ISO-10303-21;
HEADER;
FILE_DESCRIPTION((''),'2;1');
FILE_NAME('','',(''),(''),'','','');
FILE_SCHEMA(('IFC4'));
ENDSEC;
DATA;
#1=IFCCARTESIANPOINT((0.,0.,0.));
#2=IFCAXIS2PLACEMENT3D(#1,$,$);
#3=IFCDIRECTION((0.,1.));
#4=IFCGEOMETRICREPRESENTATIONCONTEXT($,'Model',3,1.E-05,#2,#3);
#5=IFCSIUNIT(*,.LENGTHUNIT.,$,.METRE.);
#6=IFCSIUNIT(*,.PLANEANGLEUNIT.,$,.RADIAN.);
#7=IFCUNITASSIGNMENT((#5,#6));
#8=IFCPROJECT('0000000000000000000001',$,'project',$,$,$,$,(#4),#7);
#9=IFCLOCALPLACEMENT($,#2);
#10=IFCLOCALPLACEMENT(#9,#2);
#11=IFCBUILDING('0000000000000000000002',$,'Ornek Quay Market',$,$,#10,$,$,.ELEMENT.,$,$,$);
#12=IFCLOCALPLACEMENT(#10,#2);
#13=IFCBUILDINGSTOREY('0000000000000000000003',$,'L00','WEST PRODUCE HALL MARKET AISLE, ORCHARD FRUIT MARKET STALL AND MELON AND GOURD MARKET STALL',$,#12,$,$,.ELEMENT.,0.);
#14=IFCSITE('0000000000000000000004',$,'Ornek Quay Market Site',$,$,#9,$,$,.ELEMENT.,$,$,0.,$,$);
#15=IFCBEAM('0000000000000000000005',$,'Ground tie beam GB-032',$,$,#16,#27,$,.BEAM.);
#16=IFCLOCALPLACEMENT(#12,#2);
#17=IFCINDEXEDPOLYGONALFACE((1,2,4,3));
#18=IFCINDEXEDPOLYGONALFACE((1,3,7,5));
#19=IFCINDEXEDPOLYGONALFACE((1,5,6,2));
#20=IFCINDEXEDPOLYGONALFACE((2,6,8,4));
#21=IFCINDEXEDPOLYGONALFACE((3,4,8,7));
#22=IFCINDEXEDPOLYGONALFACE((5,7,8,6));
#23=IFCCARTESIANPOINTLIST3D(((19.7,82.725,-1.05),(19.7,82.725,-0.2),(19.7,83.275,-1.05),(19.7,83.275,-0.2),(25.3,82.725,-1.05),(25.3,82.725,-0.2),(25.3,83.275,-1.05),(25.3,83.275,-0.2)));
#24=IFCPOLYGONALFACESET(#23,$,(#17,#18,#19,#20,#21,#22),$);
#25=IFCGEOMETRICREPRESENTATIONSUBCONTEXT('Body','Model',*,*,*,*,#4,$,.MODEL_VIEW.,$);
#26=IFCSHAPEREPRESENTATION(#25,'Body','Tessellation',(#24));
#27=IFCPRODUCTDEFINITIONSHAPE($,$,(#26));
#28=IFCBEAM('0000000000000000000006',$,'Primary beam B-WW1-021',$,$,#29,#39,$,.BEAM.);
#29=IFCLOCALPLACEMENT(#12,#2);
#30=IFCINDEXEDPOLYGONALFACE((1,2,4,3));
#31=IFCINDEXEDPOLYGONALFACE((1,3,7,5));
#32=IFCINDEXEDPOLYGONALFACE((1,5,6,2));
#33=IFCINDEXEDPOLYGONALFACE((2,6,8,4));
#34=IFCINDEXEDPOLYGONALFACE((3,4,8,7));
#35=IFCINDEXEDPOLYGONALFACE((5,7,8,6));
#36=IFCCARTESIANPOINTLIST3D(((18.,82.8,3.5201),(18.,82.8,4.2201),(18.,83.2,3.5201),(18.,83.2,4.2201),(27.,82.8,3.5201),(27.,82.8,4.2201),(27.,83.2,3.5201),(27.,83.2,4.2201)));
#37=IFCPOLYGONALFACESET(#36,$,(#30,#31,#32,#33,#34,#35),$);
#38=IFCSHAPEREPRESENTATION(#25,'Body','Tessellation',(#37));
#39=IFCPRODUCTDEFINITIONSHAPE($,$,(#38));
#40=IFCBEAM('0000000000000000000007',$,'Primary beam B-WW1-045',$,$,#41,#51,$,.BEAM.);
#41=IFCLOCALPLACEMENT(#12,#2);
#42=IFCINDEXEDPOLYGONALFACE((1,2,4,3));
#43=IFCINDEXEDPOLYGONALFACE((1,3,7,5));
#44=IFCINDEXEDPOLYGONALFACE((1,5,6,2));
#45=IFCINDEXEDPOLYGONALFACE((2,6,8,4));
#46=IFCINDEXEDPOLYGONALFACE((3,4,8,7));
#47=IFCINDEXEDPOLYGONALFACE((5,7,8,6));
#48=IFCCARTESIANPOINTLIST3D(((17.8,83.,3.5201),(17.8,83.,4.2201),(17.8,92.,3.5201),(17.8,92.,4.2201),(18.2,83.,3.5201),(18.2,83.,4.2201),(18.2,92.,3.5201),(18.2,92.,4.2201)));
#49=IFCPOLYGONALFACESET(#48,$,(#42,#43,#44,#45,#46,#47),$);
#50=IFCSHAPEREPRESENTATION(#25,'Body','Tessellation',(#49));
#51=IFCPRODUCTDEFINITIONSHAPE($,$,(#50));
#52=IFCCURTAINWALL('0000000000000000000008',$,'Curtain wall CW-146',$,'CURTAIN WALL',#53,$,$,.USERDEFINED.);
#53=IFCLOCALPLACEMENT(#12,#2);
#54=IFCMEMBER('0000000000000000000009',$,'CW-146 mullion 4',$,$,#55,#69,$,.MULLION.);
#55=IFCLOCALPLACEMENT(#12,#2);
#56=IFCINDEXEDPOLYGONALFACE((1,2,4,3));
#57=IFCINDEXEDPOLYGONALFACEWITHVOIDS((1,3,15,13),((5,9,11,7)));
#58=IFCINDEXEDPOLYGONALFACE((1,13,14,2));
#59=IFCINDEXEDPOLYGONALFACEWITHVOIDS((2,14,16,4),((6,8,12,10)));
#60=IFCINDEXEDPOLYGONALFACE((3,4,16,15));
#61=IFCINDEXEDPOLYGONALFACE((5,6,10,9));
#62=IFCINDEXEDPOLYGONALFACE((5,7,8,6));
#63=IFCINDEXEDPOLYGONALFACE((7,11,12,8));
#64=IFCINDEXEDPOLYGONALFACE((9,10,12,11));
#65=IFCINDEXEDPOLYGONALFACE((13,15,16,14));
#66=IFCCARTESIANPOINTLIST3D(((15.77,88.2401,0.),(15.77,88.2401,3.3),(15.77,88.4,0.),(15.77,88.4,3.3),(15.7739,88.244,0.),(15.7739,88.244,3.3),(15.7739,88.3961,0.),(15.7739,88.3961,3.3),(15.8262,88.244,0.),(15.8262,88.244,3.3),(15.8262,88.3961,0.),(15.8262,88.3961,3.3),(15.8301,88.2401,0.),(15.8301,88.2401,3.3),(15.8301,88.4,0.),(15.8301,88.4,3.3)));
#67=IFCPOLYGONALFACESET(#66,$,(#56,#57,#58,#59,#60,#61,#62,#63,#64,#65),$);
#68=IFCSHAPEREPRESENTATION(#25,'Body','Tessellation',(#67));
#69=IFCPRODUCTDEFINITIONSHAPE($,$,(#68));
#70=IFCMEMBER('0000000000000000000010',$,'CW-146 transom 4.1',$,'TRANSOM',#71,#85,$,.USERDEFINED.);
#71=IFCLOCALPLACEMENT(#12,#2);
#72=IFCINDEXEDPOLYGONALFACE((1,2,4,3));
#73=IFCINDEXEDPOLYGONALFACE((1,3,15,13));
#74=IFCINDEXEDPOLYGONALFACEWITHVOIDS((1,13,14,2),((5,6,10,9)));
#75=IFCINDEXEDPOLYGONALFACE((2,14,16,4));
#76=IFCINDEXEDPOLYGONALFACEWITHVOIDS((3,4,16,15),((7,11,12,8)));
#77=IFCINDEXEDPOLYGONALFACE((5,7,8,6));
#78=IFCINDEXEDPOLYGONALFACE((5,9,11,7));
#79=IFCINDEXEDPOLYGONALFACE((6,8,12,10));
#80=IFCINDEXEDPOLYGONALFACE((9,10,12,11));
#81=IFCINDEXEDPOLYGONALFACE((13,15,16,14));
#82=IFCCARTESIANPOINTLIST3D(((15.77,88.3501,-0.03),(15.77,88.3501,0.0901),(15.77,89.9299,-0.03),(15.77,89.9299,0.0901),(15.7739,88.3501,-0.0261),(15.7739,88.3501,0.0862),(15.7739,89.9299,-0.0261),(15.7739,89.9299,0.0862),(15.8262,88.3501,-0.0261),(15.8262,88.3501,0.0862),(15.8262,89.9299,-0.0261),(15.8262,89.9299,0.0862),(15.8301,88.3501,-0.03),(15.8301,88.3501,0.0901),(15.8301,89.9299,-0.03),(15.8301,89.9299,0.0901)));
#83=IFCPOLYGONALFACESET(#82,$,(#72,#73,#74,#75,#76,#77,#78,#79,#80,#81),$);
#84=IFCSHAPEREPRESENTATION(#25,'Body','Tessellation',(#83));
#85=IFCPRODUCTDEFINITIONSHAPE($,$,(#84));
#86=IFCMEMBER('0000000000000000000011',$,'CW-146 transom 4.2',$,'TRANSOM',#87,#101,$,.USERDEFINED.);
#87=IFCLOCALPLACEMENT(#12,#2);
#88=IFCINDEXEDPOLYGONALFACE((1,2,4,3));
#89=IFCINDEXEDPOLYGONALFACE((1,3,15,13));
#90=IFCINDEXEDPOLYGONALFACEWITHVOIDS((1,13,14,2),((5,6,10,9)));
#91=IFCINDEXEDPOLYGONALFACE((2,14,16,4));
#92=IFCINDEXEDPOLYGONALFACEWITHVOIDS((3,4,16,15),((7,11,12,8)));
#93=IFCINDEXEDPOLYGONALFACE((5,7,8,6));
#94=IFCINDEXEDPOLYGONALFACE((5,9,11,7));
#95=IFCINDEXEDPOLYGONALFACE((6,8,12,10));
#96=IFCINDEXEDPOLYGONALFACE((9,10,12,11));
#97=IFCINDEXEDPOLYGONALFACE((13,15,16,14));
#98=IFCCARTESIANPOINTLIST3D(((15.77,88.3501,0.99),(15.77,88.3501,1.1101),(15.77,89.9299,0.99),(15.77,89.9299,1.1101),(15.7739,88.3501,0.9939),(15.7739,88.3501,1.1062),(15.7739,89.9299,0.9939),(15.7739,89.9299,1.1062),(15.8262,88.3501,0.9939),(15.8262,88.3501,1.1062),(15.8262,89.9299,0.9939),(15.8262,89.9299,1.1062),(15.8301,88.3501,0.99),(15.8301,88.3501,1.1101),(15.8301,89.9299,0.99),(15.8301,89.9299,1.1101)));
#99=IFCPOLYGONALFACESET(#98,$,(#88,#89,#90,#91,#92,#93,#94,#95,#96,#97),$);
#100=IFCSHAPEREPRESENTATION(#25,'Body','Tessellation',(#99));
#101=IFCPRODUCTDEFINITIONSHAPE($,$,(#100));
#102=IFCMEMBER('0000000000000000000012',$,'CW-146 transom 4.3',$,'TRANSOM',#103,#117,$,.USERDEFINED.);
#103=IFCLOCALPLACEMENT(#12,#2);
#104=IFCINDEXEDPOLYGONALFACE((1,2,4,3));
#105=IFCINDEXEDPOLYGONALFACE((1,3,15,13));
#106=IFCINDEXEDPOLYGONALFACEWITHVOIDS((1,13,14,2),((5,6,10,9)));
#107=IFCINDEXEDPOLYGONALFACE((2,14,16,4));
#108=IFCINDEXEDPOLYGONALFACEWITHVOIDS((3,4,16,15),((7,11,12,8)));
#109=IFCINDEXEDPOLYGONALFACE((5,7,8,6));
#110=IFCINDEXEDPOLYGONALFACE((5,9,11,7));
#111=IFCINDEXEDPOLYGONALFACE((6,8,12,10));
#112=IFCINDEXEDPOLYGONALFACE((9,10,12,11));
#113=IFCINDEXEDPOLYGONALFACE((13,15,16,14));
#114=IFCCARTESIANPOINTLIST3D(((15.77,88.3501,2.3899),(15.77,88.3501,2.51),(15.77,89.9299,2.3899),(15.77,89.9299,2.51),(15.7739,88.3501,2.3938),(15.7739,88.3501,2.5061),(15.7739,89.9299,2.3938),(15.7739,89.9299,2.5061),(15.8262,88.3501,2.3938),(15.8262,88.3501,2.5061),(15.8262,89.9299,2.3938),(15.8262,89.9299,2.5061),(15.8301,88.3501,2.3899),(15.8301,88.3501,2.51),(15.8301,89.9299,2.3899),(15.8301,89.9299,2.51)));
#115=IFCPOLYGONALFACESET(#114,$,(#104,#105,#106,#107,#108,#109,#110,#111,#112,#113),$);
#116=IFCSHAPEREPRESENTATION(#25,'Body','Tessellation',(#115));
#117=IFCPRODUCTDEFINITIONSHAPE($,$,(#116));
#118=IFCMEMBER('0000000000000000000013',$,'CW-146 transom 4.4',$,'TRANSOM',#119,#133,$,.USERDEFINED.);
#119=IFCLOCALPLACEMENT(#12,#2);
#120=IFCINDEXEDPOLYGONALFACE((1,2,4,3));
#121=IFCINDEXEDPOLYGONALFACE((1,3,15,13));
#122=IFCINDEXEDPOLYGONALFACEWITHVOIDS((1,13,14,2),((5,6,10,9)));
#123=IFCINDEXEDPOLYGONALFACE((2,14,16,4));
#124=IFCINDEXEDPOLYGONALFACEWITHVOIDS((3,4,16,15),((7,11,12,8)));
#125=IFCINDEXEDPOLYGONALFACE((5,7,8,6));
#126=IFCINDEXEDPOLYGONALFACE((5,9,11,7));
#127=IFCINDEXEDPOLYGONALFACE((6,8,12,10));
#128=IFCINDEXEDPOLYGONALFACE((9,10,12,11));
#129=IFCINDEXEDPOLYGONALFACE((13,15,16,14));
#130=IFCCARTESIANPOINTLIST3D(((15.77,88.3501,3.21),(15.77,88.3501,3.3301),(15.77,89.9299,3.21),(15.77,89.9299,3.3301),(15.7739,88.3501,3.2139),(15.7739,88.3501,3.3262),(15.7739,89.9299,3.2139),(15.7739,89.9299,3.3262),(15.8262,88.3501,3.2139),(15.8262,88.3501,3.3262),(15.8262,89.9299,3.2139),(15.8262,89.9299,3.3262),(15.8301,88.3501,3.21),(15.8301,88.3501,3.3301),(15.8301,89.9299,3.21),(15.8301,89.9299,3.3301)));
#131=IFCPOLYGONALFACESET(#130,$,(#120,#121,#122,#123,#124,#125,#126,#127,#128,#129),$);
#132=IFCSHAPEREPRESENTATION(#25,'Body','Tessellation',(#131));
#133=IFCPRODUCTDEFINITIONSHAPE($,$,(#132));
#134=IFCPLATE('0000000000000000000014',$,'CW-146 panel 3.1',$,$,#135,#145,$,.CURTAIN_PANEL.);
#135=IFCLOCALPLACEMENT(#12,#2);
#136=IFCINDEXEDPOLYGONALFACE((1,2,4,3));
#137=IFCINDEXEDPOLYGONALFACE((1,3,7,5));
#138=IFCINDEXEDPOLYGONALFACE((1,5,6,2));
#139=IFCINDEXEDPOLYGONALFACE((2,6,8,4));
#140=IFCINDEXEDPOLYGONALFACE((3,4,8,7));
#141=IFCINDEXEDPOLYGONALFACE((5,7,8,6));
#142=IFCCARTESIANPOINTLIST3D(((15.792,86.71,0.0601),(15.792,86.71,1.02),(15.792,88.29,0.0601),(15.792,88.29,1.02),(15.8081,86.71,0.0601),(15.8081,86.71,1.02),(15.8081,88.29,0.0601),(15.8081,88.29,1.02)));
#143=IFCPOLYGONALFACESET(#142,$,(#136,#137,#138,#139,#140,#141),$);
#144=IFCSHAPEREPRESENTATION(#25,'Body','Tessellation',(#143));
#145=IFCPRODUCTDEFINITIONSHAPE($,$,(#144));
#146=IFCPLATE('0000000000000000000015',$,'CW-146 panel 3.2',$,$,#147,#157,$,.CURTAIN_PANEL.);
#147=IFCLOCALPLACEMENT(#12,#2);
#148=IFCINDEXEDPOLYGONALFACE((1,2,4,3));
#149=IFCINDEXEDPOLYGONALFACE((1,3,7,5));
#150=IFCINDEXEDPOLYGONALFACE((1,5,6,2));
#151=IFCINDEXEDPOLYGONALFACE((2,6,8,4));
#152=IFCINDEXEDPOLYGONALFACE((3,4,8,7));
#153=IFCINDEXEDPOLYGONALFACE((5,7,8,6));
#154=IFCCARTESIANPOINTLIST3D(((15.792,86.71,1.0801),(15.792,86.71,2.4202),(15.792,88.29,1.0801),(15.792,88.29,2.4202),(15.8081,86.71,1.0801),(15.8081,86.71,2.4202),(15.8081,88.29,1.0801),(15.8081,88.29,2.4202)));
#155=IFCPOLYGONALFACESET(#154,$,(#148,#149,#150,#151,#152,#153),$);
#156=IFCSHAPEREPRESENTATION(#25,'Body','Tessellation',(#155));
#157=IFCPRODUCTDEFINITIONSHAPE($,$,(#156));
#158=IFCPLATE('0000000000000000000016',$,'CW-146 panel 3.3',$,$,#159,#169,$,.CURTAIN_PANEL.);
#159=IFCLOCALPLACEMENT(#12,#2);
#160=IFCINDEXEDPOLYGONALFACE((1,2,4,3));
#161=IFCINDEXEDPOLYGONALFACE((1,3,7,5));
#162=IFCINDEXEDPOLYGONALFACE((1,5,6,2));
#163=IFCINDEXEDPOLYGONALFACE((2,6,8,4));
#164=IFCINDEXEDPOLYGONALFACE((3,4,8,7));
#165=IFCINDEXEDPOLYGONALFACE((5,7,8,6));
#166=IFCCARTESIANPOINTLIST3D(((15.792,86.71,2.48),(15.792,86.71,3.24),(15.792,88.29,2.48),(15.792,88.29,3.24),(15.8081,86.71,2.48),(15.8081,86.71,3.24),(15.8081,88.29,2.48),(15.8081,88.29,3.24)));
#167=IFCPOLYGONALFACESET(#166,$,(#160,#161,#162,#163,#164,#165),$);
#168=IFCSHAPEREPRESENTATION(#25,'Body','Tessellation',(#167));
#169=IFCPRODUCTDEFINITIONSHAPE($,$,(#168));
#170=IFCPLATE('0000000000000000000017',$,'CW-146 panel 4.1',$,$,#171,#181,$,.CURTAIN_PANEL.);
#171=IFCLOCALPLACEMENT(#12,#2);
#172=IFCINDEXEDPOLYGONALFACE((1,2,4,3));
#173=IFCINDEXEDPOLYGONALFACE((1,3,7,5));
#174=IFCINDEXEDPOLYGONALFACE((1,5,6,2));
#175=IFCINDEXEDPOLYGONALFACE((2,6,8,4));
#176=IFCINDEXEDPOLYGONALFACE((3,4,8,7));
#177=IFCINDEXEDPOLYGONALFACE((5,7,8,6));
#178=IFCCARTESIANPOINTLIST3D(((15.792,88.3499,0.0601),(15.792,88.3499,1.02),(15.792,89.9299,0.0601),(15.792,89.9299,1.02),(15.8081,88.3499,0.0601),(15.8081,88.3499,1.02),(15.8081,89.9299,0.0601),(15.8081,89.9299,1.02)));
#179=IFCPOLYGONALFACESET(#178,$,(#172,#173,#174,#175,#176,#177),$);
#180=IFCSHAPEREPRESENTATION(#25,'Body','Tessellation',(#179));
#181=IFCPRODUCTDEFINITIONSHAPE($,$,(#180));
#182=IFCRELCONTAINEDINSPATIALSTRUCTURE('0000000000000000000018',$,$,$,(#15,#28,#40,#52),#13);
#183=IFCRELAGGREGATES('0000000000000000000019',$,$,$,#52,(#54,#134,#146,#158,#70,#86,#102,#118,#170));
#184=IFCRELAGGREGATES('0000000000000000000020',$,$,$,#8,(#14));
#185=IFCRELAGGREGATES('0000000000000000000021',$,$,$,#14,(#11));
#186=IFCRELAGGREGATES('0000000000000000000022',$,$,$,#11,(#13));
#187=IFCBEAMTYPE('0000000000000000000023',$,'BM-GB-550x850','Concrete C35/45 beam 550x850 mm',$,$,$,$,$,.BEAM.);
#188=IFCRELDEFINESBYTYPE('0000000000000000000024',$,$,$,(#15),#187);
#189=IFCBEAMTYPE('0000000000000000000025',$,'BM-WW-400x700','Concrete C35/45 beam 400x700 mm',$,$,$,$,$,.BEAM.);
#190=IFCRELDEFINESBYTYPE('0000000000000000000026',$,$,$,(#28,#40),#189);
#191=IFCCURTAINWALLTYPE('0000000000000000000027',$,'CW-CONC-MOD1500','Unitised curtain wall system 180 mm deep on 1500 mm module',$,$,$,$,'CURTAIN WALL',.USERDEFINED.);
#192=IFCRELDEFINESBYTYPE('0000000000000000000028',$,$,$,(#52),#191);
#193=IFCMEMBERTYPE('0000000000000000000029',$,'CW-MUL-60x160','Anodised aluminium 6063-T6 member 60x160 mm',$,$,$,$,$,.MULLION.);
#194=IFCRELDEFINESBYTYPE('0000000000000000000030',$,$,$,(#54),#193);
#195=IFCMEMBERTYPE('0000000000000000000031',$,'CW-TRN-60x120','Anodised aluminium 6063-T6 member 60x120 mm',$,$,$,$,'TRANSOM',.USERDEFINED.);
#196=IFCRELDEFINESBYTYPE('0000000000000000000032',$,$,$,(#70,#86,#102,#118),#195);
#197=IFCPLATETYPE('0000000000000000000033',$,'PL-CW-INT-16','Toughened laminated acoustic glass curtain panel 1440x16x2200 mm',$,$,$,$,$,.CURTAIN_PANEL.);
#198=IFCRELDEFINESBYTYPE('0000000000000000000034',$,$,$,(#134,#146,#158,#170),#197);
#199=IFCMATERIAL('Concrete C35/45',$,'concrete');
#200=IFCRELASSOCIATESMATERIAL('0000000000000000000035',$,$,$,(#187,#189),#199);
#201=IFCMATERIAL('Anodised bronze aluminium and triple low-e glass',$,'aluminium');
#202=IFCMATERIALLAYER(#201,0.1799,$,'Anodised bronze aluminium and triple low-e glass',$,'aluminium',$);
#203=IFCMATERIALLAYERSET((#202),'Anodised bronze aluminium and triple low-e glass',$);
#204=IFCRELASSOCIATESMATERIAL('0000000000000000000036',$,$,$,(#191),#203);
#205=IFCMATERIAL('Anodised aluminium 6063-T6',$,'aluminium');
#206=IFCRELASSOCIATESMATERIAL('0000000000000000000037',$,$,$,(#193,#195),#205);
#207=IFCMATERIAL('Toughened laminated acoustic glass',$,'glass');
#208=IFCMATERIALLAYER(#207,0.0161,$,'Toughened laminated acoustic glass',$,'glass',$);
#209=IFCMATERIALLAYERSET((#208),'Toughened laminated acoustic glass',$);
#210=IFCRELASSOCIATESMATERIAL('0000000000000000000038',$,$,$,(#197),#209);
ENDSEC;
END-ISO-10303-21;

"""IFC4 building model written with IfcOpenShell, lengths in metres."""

from ifc_helpers import new_model, si_unit, direction, frame, origin, origin_2d, place, context, subcontext, project, spatial, rectangle, hollow_rectangle, extrude, material, layer, layer_set, material_profile, profile_set, type_object, element, aggregate, save


model = new_model("IFC4")

# Units and contexts
model_context = context("Model", 3, precision=1e-05, world=origin(), true_north=direction((0.0, 1.0)))
body_context = subcontext(model_context, "Body", "Model", "MODEL_VIEW")
ifc_project = project(units=[si_unit("LENGTHUNIT", "METRE"), si_unit("PLANEANGLEUNIT", "RADIAN")], contexts=[model_context])

# Site, building, storey
site_placement = place(None, origin())
site = spatial("IfcSite", under=ifc_project, at=site_placement, Name="Ornek Quay Market Site", CompositionType="ELEMENT", RefElevation=0.0)
building_placement = place(site_placement, origin())
building = spatial("IfcBuilding", under=site, at=building_placement, Name="Ornek Quay Market", CompositionType="ELEMENT")
storey_placement = place(building_placement, origin())
storey = spatial("IfcBuildingStorey", under=building, at=storey_placement, Name="L00", Description="WEST PRODUCE HALL MARKET AISLE, ORCHARD FRUIT MARKET STALL AND MELON AND GOURD MARKET STALL", CompositionType="ELEMENT", Elevation=0.0)

# Shared definitions
ifc_material_1 = material(Name="Concrete C35/45", Category="concrete")

# Beams
ifc_material_profile_1 = material_profile(ifc_material_1, rectangle(XDim=0.55, YDim=0.8501, at=origin_2d()), Name="RC 550x850", Category="concrete")
ifc_profile_set_1 = profile_set([ifc_material_profile_1], Name="Concrete C35/45")
beam_type_1 = type_object("IfcBeamType", Name="BM-GB-550x850", Description="Concrete C35/45 beam 550x850 mm", PredefinedType="BEAM", material=ifc_profile_set_1)
beam_1_placement = place(storey_placement, frame((19.7, 83.0, -0.625), z_axis=(1.0, 0.0, 0.0), x_axis=(0.0, 1.0, 0.0)))
element("IfcBeam", 1, at=beam_1_placement, inside=storey, type_object=beam_type_1, Name="Ground tie beam GB-032", PredefinedType="BEAM", context=body_context, shape_type="SweptSolid", body=[
    extrude(rectangle(XDim=0.55, YDim=0.8501, at=origin_2d()), origin(), (0.0, 0.0, 1.0), 5.6001),
])
ifc_material_profile_2 = material_profile(ifc_material_1, rectangle(XDim=0.3999, YDim=0.7, at=origin_2d()), Name="RC 400x700", Category="concrete")
ifc_profile_set_2 = profile_set([ifc_material_profile_2], Name="Concrete C35/45")
beam_type_2 = type_object("IfcBeamType", Name="BM-WW-400x700", Description="Concrete C35/45 beam 400x700 mm", PredefinedType="BEAM", material=ifc_profile_set_2)
for number, where, z_axis, x_axis, name in (
    (2, (18.0, 83.0, 3.8701), (1.0, 0.0, 0.0), (0.0, 1.0, 0.0), "Primary beam B-WW1-021"),
    (3, (18.0, 83.0, 3.8701), (0.0, 1.0, 0.0), (-1.0, 0.0, 0.0), "Primary beam B-WW1-045"),
):
    element("IfcBeam", number, at=place(storey_placement, frame(where, z_axis=z_axis, x_axis=x_axis)), inside=storey, type_object=beam_type_2, Name=name, PredefinedType="BEAM", context=body_context, shape_type="SweptSolid", body=[
        extrude(rectangle(XDim=0.3999, YDim=0.7, at=origin_2d()), origin(), (0.0, 0.0, 1.0), 9.0),
    ])

# Curtain wall, members, plates
ifc_material_2 = material(Name="Anodised bronze aluminium and triple low-e glass", Category="aluminium")
ifc_layer_1 = layer(ifc_material_2, 0.1799, Name="Anodised bronze aluminium and triple low-e glass", Category="aluminium")
ifc_layer_set_1 = layer_set([ifc_layer_1], Name="Anodised bronze aluminium and triple low-e glass")
curtain_wall_type = type_object("IfcCurtainWallType", Name="CW-CONC-MOD1500", Description="Unitised curtain wall system 180 mm deep on 1500 mm module", ElementType="CURTAIN WALL", PredefinedType="USERDEFINED", material=ifc_layer_set_1)
curtain_wall_placement = place(storey_placement, origin())
curtain_wall = element("IfcCurtainWall", 4, at=curtain_wall_placement, inside=storey, type_object=curtain_wall_type, Name="Curtain wall CW-146", ObjectType="CURTAIN WALL", PredefinedType="USERDEFINED")
ifc_material_3 = material(Name="Anodised aluminium 6063-T6", Category="aluminium")
ifc_material_profile_3 = material_profile(ifc_material_3, hollow_rectangle(XDim=0.0601, YDim=0.1599, WallThickness=0.0039, at=origin_2d()), Name="CW-MUL-60x160", Category="aluminium")
ifc_profile_set_3 = profile_set([ifc_material_profile_3], Name="Anodised aluminium 6063-T6")
member_type_1 = type_object("IfcMemberType", Name="CW-MUL-60x160", Description="Anodised aluminium 6063-T6 member 60x160 mm", PredefinedType="MULLION", material=ifc_profile_set_3)
member_1_placement = place(storey_placement, frame((15.8, 88.3201, 0.0), z_axis=(0.0, 0.0, 1.0), x_axis=(-1.0, 0.0, 0.0)))
member_1 = element("IfcMember", 5, at=member_1_placement, type_object=member_type_1, Name="CW-146 mullion 4", PredefinedType="MULLION", context=body_context, shape_type="SweptSolid", body=[
    extrude(hollow_rectangle(XDim=0.0601, YDim=0.1599, WallThickness=0.0039, at=origin_2d()), origin(), (0.0, 0.0, 1.0), 3.3),
])
ifc_material_profile_4 = material_profile(ifc_material_3, hollow_rectangle(XDim=0.0601, YDim=0.1201, WallThickness=0.0039, at=origin_2d()), Name="CW-TRN-60x120", Category="aluminium")
ifc_profile_set_4 = profile_set([ifc_material_profile_4], Name="Anodised aluminium 6063-T6")
member_type_2 = type_object("IfcMemberType", Name="CW-TRN-60x120", Description="Anodised aluminium 6063-T6 member 60x120 mm", ElementType="TRANSOM", PredefinedType="USERDEFINED", material=ifc_profile_set_4)
member_2_placement = place(storey_placement, frame((15.8, 88.3501, 0.03), z_axis=(0.0, 1.0, 0.0), x_axis=(-1.0, 0.0, 0.0)))
member_2 = element("IfcMember", 6, at=member_2_placement, type_object=member_type_2, Name="CW-146 transom 4.1", ObjectType="TRANSOM", PredefinedType="USERDEFINED", context=body_context, shape_type="SweptSolid", body=[
    extrude(hollow_rectangle(XDim=0.0601, YDim=0.1201, WallThickness=0.0039, at=origin_2d()), origin(), (0.0, 0.0, 1.0), 1.5798),
])
member_3_placement = place(storey_placement, frame((15.8, 88.3501, 1.05), z_axis=(0.0, 1.0, 0.0), x_axis=(-1.0, 0.0, 0.0)))
member_3 = element("IfcMember", 7, at=member_3_placement, type_object=member_type_2, Name="CW-146 transom 4.2", ObjectType="TRANSOM", PredefinedType="USERDEFINED", context=body_context, shape_type="SweptSolid", body=[
    extrude(hollow_rectangle(XDim=0.0601, YDim=0.1201, WallThickness=0.0039, at=origin_2d()), origin(), (0.0, 0.0, 1.0), 1.5798),
])
member_4_placement = place(storey_placement, frame((15.8, 88.3501, 2.45), z_axis=(0.0, 1.0, 0.0), x_axis=(-1.0, 0.0, 0.0)))
member_4 = element("IfcMember", 8, at=member_4_placement, type_object=member_type_2, Name="CW-146 transom 4.3", ObjectType="TRANSOM", PredefinedType="USERDEFINED", context=body_context, shape_type="SweptSolid", body=[
    extrude(hollow_rectangle(XDim=0.0601, YDim=0.1201, WallThickness=0.0039, at=origin_2d()), origin(), (0.0, 0.0, 1.0), 1.5798),
])
member_5_placement = place(storey_placement, frame((15.8, 88.3501, 3.27), z_axis=(0.0, 1.0, 0.0), x_axis=(-1.0, 0.0, 0.0)))
member_5 = element("IfcMember", 9, at=member_5_placement, type_object=member_type_2, Name="CW-146 transom 4.4", ObjectType="TRANSOM", PredefinedType="USERDEFINED", context=body_context, shape_type="SweptSolid", body=[
    extrude(hollow_rectangle(XDim=0.0601, YDim=0.1201, WallThickness=0.0039, at=origin_2d()), origin(), (0.0, 0.0, 1.0), 1.5798),
])
ifc_material_4 = material(Name="Toughened laminated acoustic glass", Category="glass")
ifc_layer_2 = layer(ifc_material_4, 0.0161, Name="Toughened laminated acoustic glass", Category="glass")
ifc_layer_set_2 = layer_set([ifc_layer_2], Name="Toughened laminated acoustic glass")
plate_type = type_object("IfcPlateType", Name="PL-CW-INT-16", Description="Toughened laminated acoustic glass curtain panel 1440x16x2200 mm", PredefinedType="CURTAIN_PANEL", material=ifc_layer_set_2)
plate_1_placement = place(storey_placement, frame((15.8, 87.5, 0.0601), z_axis=(0.0, 0.0, 1.0), x_axis=(0.0, 1.0, 0.0)))
plate_1 = element("IfcPlate", 10, at=plate_1_placement, type_object=plate_type, Name="CW-146 panel 3.1", PredefinedType="CURTAIN_PANEL", context=body_context, shape_type="SweptSolid", body=[
    extrude(rectangle(XDim=1.5801, YDim=0.0161, at=origin_2d()), origin(), (0.0, 0.0, 1.0), 0.96),
])
plate_2_placement = place(storey_placement, frame((15.8, 87.5, 1.0801), z_axis=(0.0, 0.0, 1.0), x_axis=(0.0, 1.0, 0.0)))
plate_2 = element("IfcPlate", 11, at=plate_2_placement, type_object=plate_type, Name="CW-146 panel 3.2", PredefinedType="CURTAIN_PANEL", context=body_context, shape_type="SweptSolid", body=[
    extrude(rectangle(XDim=1.5801, YDim=0.0161, at=origin_2d()), origin(), (0.0, 0.0, 1.0), 1.3401),
])
plate_3_placement = place(storey_placement, frame((15.8, 87.5, 2.48), z_axis=(0.0, 0.0, 1.0), x_axis=(0.0, 1.0, 0.0)))
plate_3 = element("IfcPlate", 12, at=plate_3_placement, type_object=plate_type, Name="CW-146 panel 3.3", PredefinedType="CURTAIN_PANEL", context=body_context, shape_type="SweptSolid", body=[
    extrude(rectangle(XDim=1.5801, YDim=0.0161, at=origin_2d()), origin(), (0.0, 0.0, 1.0), 0.76),
])
plate_4_placement = place(storey_placement, frame((15.8, 89.1399, 0.0601), z_axis=(0.0, 0.0, 1.0), x_axis=(0.0, 1.0, 0.0)))
plate_4 = element("IfcPlate", 13, at=plate_4_placement, type_object=plate_type, Name="CW-146 panel 4.1", PredefinedType="CURTAIN_PANEL", context=body_context, shape_type="SweptSolid", body=[
    extrude(rectangle(XDim=1.5801, YDim=0.0161, at=origin_2d()), origin(), (0.0, 0.0, 1.0), 0.96),
])
aggregate(curtain_wall, [member_1, plate_1, plate_2, plate_3, member_2, member_3, member_4, member_5, plate_4])

save(model, "model.ifc")
